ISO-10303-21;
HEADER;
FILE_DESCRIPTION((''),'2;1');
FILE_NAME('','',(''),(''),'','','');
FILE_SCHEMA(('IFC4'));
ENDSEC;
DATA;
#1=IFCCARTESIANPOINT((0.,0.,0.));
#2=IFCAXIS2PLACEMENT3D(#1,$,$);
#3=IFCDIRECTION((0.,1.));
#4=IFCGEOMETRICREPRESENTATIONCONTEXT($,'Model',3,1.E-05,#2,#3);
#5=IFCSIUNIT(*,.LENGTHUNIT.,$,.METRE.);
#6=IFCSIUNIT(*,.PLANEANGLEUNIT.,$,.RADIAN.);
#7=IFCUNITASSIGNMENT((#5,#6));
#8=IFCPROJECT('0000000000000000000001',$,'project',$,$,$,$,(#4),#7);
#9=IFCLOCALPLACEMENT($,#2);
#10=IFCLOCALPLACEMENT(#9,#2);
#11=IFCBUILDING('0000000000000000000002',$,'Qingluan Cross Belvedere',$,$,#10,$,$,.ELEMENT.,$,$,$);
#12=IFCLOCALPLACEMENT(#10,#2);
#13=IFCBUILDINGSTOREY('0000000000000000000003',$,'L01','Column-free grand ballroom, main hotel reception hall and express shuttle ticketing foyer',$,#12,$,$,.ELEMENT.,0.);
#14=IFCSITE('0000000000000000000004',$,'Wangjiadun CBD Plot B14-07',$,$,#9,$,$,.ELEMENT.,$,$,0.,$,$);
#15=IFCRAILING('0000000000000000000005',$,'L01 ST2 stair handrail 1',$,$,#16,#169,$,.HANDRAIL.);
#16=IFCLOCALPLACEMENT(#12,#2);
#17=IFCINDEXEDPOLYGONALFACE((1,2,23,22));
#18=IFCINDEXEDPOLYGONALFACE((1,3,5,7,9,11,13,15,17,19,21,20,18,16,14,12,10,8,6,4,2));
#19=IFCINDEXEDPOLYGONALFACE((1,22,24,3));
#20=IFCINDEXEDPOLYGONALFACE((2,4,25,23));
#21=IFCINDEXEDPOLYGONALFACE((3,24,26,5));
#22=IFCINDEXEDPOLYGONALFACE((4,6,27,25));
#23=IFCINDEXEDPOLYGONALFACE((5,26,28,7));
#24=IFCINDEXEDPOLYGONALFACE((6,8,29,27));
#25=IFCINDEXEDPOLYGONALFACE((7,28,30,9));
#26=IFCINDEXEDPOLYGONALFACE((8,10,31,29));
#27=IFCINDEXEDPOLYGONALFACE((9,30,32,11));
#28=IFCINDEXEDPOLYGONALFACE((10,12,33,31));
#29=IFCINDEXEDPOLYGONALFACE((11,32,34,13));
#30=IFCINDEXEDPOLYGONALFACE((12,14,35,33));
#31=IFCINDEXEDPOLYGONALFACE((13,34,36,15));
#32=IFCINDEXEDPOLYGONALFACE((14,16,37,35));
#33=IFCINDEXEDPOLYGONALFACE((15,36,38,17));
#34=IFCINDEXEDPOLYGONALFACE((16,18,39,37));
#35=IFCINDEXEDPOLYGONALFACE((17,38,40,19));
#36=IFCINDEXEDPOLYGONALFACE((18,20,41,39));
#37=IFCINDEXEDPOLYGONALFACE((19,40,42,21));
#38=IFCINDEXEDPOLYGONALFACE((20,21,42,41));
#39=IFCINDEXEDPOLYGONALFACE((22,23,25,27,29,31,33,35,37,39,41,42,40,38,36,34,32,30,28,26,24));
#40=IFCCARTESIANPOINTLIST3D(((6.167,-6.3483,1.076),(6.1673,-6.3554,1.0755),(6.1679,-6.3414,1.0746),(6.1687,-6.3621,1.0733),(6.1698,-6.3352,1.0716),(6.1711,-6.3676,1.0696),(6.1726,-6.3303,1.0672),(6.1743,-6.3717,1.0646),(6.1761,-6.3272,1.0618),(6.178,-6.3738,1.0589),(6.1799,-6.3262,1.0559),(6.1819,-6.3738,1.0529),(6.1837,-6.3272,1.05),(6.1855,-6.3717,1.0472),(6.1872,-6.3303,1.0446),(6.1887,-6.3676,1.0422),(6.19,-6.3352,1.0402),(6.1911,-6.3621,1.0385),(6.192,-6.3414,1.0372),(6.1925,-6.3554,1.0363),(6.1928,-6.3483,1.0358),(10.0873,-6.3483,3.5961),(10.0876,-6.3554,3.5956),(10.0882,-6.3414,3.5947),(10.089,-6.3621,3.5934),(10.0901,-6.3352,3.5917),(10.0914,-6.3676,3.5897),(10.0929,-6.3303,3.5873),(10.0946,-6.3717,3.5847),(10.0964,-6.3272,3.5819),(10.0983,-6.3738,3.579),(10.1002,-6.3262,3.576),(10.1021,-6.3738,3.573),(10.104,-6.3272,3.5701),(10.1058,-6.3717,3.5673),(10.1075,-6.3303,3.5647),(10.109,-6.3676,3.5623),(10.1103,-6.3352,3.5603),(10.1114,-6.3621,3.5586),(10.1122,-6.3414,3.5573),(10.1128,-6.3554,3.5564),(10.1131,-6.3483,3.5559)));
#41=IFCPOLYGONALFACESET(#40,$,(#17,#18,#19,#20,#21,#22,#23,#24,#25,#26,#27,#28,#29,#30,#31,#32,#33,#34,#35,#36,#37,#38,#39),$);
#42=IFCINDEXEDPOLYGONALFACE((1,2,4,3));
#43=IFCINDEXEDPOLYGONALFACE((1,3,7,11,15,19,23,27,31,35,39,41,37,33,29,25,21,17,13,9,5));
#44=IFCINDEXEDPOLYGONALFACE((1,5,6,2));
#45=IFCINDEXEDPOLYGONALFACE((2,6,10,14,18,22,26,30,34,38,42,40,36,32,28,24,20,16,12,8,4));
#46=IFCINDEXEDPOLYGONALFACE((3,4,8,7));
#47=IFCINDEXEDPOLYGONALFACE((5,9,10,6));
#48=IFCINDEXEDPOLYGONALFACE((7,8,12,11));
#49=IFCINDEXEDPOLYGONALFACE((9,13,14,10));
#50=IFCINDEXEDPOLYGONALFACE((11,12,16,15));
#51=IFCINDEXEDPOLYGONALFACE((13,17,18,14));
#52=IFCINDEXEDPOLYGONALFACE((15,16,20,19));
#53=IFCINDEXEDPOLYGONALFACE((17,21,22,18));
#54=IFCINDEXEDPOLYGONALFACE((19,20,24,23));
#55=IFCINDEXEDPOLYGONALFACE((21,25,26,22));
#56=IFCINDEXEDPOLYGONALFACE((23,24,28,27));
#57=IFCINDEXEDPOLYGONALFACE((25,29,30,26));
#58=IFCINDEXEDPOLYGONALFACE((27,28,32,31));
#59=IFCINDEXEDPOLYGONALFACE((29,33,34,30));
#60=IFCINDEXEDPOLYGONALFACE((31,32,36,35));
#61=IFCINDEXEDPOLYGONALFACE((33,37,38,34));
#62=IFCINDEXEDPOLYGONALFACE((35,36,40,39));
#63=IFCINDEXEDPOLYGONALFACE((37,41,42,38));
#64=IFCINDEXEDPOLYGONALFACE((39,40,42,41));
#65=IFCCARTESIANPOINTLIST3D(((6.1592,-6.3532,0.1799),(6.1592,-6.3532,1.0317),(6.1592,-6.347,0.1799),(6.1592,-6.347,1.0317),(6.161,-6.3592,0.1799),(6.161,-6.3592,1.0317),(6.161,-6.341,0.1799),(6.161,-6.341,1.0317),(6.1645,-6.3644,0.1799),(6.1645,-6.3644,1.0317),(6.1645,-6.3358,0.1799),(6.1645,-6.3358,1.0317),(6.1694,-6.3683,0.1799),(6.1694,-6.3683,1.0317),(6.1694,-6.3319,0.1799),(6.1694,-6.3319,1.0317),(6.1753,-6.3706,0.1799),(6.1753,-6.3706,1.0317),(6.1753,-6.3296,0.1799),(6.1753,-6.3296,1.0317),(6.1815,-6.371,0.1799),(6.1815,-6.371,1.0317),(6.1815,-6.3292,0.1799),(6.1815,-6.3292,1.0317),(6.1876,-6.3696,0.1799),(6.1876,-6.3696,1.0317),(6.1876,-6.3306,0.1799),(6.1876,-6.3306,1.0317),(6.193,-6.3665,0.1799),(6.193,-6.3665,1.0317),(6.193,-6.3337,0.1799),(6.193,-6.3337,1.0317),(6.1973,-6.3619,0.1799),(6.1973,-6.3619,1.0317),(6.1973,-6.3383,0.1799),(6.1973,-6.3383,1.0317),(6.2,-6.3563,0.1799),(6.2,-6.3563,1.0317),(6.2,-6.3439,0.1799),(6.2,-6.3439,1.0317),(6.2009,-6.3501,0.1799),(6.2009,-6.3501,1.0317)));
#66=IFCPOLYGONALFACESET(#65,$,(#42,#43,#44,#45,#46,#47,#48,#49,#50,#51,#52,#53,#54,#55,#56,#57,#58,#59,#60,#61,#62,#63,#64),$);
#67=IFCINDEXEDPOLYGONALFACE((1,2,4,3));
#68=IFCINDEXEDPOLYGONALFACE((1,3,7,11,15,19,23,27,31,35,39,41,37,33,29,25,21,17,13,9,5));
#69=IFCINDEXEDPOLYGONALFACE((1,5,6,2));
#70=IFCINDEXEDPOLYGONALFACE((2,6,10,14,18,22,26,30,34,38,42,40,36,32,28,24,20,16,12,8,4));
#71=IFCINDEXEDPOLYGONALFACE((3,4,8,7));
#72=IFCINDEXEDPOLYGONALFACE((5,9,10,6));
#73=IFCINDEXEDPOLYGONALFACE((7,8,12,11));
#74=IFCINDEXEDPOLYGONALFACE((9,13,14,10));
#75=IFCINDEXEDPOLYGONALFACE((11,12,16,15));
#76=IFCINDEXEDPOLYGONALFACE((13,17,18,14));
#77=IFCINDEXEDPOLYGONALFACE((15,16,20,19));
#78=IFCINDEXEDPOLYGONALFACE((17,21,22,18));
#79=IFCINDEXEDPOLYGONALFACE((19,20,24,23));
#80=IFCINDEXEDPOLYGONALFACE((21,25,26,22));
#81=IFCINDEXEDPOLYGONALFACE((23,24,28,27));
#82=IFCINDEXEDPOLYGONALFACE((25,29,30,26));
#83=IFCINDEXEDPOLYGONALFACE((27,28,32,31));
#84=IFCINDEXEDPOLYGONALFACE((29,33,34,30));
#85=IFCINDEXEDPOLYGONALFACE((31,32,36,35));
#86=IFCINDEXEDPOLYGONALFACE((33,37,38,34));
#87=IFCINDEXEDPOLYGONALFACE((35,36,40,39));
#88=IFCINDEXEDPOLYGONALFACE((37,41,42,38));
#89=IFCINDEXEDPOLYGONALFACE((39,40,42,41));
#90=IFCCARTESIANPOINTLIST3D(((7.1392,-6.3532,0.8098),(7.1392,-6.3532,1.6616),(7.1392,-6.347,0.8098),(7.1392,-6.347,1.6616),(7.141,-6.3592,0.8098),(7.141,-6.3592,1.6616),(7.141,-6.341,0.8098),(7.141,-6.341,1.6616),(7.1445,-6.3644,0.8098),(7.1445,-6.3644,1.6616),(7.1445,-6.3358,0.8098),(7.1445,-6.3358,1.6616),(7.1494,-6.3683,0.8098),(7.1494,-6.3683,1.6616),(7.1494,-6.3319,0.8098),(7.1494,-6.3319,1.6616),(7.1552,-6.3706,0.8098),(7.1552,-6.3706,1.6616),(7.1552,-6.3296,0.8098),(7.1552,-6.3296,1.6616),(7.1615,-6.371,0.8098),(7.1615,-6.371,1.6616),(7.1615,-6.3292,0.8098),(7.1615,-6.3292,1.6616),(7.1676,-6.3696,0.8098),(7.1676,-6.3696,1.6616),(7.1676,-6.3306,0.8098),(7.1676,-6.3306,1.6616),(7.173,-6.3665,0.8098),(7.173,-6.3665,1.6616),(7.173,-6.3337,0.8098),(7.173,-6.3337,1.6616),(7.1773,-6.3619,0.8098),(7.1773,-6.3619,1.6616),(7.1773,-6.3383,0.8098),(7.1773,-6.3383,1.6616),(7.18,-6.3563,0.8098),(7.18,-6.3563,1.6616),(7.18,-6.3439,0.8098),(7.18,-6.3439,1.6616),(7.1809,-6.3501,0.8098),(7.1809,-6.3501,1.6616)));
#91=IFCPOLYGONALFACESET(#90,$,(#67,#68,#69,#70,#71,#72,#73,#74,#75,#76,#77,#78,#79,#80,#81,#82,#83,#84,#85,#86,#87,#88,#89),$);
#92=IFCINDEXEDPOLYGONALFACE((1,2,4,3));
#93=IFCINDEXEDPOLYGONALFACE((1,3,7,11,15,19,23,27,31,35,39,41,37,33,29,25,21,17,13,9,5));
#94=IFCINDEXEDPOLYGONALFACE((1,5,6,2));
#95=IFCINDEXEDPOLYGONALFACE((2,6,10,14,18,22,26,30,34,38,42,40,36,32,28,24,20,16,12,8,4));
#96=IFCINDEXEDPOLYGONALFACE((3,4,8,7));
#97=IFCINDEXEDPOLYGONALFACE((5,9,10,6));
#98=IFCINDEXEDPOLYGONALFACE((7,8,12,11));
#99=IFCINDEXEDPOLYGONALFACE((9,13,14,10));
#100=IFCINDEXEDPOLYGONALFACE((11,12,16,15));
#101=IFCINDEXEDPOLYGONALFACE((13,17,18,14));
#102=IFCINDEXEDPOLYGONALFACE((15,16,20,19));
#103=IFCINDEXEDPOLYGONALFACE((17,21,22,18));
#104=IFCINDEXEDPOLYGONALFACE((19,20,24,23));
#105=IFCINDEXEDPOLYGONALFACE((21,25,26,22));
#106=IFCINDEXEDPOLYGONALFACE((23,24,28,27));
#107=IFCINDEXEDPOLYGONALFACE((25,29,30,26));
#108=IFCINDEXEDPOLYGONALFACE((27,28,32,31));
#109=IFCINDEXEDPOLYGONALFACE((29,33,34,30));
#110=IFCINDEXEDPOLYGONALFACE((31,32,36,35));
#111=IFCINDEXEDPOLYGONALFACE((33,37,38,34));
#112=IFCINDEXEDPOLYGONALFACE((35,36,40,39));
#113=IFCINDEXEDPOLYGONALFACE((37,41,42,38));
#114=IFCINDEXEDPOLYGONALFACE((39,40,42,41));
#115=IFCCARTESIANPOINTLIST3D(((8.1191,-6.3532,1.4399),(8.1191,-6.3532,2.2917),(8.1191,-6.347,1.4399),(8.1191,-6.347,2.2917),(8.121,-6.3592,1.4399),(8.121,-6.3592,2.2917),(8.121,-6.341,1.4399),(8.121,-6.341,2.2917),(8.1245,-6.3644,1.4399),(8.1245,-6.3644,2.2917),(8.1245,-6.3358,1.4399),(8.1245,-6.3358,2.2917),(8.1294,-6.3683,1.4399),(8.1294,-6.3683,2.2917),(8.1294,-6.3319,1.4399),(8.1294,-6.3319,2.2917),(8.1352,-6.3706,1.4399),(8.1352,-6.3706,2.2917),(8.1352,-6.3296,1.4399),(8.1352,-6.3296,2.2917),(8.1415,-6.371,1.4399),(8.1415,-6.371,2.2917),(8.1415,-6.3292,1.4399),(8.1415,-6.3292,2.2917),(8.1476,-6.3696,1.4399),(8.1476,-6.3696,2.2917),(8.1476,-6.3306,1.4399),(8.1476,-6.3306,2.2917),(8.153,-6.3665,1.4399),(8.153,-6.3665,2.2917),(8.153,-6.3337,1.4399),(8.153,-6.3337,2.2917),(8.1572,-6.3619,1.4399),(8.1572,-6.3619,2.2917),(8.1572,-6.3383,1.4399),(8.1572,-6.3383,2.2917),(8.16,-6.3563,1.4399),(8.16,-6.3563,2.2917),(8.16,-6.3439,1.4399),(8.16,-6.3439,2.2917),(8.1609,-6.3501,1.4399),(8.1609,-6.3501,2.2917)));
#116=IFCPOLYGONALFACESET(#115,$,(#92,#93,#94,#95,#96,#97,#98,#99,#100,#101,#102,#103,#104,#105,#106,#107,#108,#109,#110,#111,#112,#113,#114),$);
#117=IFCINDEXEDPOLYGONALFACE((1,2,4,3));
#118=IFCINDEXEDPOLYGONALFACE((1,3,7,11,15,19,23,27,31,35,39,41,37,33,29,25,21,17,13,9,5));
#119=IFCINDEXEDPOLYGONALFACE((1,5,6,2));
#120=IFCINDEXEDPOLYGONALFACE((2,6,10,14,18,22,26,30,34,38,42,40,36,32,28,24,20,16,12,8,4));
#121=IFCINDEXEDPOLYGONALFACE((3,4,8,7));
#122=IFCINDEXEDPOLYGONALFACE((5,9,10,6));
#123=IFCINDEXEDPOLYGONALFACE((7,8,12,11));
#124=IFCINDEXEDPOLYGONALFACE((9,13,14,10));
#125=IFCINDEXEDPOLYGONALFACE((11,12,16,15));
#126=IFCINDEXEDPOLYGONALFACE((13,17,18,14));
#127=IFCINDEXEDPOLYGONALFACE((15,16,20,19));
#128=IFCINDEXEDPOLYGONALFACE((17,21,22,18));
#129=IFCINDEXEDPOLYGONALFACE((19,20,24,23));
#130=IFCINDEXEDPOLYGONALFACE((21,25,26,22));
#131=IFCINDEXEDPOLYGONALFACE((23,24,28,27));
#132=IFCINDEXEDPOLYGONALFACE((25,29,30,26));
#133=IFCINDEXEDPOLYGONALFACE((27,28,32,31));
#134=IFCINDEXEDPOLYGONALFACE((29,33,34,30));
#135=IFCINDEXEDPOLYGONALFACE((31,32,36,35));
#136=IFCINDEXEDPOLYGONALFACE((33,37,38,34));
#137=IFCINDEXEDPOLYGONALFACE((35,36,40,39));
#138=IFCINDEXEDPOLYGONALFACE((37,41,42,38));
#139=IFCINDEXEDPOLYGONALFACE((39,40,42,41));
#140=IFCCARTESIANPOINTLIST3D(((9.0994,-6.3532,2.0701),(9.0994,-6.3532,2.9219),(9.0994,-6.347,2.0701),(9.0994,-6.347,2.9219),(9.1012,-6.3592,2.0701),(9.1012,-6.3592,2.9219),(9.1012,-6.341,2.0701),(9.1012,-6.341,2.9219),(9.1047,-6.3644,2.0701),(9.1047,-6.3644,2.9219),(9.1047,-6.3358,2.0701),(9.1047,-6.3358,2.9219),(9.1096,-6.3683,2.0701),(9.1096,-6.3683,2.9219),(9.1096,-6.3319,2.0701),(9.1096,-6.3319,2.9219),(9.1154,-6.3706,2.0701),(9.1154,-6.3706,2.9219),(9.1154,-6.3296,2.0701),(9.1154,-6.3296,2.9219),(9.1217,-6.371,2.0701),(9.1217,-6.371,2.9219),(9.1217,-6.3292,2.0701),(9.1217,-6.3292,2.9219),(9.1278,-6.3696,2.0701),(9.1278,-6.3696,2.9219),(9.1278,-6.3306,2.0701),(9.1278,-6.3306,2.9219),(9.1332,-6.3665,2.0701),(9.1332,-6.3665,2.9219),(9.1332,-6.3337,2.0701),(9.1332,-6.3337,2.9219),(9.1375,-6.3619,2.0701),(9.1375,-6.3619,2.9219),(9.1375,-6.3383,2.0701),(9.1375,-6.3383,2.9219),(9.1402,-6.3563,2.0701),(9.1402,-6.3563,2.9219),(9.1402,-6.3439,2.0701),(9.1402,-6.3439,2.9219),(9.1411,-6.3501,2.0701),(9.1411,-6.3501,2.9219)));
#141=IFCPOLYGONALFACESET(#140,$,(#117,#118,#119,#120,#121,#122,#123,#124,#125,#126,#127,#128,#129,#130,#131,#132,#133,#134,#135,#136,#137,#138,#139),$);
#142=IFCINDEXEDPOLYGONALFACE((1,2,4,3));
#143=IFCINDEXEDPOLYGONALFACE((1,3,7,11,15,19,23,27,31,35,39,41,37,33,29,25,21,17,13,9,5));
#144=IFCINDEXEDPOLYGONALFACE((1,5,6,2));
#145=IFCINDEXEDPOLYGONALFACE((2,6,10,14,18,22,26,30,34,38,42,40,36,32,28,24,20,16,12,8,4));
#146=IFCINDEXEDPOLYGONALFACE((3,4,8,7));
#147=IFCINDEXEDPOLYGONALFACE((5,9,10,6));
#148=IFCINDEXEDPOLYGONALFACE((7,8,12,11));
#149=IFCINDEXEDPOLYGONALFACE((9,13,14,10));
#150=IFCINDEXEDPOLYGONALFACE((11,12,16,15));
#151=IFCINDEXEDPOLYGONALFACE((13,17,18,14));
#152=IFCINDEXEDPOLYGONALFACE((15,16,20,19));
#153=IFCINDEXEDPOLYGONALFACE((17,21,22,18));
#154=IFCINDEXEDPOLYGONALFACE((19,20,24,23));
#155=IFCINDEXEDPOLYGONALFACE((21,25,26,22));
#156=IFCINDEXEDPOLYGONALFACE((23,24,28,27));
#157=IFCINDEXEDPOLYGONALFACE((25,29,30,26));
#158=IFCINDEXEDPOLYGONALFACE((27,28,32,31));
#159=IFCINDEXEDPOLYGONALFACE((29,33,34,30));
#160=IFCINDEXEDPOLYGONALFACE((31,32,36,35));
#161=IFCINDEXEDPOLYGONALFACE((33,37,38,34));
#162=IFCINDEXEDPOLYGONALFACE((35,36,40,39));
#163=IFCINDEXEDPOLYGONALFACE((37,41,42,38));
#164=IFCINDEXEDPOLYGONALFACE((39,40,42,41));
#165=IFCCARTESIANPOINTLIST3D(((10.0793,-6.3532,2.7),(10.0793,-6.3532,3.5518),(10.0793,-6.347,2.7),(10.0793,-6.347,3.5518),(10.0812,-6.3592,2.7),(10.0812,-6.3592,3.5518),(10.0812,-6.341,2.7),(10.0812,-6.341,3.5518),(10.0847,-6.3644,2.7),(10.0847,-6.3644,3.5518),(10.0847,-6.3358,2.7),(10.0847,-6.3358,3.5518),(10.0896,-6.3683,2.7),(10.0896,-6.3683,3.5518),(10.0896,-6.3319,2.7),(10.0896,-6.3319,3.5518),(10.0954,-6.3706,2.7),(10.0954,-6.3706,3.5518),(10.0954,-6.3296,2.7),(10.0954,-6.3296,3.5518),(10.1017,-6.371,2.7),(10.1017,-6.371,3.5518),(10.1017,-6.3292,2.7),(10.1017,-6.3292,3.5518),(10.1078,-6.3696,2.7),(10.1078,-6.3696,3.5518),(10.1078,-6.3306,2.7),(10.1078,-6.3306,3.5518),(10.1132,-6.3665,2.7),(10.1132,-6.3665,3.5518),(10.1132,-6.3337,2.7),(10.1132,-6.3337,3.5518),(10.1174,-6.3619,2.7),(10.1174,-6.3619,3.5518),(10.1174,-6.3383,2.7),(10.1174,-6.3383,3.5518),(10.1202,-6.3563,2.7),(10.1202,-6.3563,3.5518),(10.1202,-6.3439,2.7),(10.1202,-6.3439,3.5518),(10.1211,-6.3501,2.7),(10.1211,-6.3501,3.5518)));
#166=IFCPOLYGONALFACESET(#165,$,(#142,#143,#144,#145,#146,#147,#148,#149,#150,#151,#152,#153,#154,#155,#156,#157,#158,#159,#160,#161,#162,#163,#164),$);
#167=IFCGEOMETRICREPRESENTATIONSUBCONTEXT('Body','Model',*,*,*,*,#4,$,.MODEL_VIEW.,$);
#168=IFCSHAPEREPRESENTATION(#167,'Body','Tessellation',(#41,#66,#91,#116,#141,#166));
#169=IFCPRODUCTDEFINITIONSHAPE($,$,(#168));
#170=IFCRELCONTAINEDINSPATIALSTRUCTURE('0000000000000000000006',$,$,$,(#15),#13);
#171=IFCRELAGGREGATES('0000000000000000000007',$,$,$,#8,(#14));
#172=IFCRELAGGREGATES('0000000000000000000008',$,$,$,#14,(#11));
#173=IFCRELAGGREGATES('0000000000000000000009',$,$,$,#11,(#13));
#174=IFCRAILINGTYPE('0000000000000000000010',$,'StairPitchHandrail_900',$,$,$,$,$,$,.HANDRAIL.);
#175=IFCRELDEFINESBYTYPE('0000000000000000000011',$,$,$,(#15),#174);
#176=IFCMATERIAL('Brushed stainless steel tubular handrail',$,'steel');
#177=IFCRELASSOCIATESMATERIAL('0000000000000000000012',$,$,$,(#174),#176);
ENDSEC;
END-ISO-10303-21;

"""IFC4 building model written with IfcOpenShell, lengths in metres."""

from ifc_helpers import new_model, si_unit, direction, frame, origin, origin_2d, place, context, subcontext, project, spatial, circle, extrude, material, type_object, element, save


model = new_model("IFC4")

# Units and contexts
model_context = context("Model", 3, precision=1e-05, world=origin(), true_north=direction((0.0, 1.0)))
body_context = subcontext(model_context, "Body", "Model", "MODEL_VIEW")
ifc_project = project(units=[si_unit("LENGTHUNIT", "METRE"), si_unit("PLANEANGLEUNIT", "RADIAN")], contexts=[model_context])

# Site, building, storey
site_placement = place(None, origin())
site = spatial("IfcSite", under=ifc_project, at=site_placement, Name="Wangjiadun CBD Plot B14-07", CompositionType="ELEMENT", RefElevation=0.0)
building_placement = place(site_placement, origin())
building = spatial("IfcBuilding", under=site, at=building_placement, Name="Qingluan Cross Belvedere", CompositionType="ELEMENT")
storey_placement = place(building_placement, origin())
storey = spatial("IfcBuildingStorey", under=building, at=storey_placement, Name="L01", Description="Column-free grand ballroom, main hotel reception hall and express shuttle ticketing foyer", CompositionType="ELEMENT", Elevation=0.0)

# Railing
ifc_material_1 = material(Name="Brushed stainless steel tubular handrail", Category="steel")
railing_type_1 = type_object("IfcRailingType", Name="StairPitchHandrail_900", PredefinedType="HANDRAIL", material=ifc_material_1)
railing_1_placement = place(storey_placement, frame((6.1799, -6.3501, 0.1799)))
element("IfcRailing", 1, at=railing_1_placement, inside=storey, type_object=railing_type_1, Name="L01 ST2 stair handrail 1", PredefinedType="HANDRAIL", context=body_context, shape_type="SweptSolid", body=[
    extrude(circle(Radius=0.0239, at=origin_2d()), frame((0.0, 0.0, 0.876), z_axis=(0.841187, 0.0, 0.540744), x_axis=(0.0, 1.0, 0.0)), (0.0, 0.0, 1.0), 4.6604),
    extrude(circle(Radius=0.021, at=origin_2d()), origin(), (0.0, 0.0, 1.0), 0.8518),
    extrude(circle(Radius=0.021, at=origin_2d()), frame((0.98, 0.0, 0.6299)), (0.0, 0.0, 1.0), 0.8518),
    extrude(circle(Radius=0.021, at=origin_2d()), frame((1.96, 0.0, 1.26)), (0.0, 0.0, 1.0), 0.8518),
    extrude(circle(Radius=0.021, at=origin_2d()), frame((2.9402, 0.0, 1.8901)), (0.0, 0.0, 1.0), 0.8518),
    extrude(circle(Radius=0.021, at=origin_2d()), frame((3.9202, 0.0, 2.52)), (0.0, 0.0, 1.0), 0.8518),
])

save(model, "model.ifc")
